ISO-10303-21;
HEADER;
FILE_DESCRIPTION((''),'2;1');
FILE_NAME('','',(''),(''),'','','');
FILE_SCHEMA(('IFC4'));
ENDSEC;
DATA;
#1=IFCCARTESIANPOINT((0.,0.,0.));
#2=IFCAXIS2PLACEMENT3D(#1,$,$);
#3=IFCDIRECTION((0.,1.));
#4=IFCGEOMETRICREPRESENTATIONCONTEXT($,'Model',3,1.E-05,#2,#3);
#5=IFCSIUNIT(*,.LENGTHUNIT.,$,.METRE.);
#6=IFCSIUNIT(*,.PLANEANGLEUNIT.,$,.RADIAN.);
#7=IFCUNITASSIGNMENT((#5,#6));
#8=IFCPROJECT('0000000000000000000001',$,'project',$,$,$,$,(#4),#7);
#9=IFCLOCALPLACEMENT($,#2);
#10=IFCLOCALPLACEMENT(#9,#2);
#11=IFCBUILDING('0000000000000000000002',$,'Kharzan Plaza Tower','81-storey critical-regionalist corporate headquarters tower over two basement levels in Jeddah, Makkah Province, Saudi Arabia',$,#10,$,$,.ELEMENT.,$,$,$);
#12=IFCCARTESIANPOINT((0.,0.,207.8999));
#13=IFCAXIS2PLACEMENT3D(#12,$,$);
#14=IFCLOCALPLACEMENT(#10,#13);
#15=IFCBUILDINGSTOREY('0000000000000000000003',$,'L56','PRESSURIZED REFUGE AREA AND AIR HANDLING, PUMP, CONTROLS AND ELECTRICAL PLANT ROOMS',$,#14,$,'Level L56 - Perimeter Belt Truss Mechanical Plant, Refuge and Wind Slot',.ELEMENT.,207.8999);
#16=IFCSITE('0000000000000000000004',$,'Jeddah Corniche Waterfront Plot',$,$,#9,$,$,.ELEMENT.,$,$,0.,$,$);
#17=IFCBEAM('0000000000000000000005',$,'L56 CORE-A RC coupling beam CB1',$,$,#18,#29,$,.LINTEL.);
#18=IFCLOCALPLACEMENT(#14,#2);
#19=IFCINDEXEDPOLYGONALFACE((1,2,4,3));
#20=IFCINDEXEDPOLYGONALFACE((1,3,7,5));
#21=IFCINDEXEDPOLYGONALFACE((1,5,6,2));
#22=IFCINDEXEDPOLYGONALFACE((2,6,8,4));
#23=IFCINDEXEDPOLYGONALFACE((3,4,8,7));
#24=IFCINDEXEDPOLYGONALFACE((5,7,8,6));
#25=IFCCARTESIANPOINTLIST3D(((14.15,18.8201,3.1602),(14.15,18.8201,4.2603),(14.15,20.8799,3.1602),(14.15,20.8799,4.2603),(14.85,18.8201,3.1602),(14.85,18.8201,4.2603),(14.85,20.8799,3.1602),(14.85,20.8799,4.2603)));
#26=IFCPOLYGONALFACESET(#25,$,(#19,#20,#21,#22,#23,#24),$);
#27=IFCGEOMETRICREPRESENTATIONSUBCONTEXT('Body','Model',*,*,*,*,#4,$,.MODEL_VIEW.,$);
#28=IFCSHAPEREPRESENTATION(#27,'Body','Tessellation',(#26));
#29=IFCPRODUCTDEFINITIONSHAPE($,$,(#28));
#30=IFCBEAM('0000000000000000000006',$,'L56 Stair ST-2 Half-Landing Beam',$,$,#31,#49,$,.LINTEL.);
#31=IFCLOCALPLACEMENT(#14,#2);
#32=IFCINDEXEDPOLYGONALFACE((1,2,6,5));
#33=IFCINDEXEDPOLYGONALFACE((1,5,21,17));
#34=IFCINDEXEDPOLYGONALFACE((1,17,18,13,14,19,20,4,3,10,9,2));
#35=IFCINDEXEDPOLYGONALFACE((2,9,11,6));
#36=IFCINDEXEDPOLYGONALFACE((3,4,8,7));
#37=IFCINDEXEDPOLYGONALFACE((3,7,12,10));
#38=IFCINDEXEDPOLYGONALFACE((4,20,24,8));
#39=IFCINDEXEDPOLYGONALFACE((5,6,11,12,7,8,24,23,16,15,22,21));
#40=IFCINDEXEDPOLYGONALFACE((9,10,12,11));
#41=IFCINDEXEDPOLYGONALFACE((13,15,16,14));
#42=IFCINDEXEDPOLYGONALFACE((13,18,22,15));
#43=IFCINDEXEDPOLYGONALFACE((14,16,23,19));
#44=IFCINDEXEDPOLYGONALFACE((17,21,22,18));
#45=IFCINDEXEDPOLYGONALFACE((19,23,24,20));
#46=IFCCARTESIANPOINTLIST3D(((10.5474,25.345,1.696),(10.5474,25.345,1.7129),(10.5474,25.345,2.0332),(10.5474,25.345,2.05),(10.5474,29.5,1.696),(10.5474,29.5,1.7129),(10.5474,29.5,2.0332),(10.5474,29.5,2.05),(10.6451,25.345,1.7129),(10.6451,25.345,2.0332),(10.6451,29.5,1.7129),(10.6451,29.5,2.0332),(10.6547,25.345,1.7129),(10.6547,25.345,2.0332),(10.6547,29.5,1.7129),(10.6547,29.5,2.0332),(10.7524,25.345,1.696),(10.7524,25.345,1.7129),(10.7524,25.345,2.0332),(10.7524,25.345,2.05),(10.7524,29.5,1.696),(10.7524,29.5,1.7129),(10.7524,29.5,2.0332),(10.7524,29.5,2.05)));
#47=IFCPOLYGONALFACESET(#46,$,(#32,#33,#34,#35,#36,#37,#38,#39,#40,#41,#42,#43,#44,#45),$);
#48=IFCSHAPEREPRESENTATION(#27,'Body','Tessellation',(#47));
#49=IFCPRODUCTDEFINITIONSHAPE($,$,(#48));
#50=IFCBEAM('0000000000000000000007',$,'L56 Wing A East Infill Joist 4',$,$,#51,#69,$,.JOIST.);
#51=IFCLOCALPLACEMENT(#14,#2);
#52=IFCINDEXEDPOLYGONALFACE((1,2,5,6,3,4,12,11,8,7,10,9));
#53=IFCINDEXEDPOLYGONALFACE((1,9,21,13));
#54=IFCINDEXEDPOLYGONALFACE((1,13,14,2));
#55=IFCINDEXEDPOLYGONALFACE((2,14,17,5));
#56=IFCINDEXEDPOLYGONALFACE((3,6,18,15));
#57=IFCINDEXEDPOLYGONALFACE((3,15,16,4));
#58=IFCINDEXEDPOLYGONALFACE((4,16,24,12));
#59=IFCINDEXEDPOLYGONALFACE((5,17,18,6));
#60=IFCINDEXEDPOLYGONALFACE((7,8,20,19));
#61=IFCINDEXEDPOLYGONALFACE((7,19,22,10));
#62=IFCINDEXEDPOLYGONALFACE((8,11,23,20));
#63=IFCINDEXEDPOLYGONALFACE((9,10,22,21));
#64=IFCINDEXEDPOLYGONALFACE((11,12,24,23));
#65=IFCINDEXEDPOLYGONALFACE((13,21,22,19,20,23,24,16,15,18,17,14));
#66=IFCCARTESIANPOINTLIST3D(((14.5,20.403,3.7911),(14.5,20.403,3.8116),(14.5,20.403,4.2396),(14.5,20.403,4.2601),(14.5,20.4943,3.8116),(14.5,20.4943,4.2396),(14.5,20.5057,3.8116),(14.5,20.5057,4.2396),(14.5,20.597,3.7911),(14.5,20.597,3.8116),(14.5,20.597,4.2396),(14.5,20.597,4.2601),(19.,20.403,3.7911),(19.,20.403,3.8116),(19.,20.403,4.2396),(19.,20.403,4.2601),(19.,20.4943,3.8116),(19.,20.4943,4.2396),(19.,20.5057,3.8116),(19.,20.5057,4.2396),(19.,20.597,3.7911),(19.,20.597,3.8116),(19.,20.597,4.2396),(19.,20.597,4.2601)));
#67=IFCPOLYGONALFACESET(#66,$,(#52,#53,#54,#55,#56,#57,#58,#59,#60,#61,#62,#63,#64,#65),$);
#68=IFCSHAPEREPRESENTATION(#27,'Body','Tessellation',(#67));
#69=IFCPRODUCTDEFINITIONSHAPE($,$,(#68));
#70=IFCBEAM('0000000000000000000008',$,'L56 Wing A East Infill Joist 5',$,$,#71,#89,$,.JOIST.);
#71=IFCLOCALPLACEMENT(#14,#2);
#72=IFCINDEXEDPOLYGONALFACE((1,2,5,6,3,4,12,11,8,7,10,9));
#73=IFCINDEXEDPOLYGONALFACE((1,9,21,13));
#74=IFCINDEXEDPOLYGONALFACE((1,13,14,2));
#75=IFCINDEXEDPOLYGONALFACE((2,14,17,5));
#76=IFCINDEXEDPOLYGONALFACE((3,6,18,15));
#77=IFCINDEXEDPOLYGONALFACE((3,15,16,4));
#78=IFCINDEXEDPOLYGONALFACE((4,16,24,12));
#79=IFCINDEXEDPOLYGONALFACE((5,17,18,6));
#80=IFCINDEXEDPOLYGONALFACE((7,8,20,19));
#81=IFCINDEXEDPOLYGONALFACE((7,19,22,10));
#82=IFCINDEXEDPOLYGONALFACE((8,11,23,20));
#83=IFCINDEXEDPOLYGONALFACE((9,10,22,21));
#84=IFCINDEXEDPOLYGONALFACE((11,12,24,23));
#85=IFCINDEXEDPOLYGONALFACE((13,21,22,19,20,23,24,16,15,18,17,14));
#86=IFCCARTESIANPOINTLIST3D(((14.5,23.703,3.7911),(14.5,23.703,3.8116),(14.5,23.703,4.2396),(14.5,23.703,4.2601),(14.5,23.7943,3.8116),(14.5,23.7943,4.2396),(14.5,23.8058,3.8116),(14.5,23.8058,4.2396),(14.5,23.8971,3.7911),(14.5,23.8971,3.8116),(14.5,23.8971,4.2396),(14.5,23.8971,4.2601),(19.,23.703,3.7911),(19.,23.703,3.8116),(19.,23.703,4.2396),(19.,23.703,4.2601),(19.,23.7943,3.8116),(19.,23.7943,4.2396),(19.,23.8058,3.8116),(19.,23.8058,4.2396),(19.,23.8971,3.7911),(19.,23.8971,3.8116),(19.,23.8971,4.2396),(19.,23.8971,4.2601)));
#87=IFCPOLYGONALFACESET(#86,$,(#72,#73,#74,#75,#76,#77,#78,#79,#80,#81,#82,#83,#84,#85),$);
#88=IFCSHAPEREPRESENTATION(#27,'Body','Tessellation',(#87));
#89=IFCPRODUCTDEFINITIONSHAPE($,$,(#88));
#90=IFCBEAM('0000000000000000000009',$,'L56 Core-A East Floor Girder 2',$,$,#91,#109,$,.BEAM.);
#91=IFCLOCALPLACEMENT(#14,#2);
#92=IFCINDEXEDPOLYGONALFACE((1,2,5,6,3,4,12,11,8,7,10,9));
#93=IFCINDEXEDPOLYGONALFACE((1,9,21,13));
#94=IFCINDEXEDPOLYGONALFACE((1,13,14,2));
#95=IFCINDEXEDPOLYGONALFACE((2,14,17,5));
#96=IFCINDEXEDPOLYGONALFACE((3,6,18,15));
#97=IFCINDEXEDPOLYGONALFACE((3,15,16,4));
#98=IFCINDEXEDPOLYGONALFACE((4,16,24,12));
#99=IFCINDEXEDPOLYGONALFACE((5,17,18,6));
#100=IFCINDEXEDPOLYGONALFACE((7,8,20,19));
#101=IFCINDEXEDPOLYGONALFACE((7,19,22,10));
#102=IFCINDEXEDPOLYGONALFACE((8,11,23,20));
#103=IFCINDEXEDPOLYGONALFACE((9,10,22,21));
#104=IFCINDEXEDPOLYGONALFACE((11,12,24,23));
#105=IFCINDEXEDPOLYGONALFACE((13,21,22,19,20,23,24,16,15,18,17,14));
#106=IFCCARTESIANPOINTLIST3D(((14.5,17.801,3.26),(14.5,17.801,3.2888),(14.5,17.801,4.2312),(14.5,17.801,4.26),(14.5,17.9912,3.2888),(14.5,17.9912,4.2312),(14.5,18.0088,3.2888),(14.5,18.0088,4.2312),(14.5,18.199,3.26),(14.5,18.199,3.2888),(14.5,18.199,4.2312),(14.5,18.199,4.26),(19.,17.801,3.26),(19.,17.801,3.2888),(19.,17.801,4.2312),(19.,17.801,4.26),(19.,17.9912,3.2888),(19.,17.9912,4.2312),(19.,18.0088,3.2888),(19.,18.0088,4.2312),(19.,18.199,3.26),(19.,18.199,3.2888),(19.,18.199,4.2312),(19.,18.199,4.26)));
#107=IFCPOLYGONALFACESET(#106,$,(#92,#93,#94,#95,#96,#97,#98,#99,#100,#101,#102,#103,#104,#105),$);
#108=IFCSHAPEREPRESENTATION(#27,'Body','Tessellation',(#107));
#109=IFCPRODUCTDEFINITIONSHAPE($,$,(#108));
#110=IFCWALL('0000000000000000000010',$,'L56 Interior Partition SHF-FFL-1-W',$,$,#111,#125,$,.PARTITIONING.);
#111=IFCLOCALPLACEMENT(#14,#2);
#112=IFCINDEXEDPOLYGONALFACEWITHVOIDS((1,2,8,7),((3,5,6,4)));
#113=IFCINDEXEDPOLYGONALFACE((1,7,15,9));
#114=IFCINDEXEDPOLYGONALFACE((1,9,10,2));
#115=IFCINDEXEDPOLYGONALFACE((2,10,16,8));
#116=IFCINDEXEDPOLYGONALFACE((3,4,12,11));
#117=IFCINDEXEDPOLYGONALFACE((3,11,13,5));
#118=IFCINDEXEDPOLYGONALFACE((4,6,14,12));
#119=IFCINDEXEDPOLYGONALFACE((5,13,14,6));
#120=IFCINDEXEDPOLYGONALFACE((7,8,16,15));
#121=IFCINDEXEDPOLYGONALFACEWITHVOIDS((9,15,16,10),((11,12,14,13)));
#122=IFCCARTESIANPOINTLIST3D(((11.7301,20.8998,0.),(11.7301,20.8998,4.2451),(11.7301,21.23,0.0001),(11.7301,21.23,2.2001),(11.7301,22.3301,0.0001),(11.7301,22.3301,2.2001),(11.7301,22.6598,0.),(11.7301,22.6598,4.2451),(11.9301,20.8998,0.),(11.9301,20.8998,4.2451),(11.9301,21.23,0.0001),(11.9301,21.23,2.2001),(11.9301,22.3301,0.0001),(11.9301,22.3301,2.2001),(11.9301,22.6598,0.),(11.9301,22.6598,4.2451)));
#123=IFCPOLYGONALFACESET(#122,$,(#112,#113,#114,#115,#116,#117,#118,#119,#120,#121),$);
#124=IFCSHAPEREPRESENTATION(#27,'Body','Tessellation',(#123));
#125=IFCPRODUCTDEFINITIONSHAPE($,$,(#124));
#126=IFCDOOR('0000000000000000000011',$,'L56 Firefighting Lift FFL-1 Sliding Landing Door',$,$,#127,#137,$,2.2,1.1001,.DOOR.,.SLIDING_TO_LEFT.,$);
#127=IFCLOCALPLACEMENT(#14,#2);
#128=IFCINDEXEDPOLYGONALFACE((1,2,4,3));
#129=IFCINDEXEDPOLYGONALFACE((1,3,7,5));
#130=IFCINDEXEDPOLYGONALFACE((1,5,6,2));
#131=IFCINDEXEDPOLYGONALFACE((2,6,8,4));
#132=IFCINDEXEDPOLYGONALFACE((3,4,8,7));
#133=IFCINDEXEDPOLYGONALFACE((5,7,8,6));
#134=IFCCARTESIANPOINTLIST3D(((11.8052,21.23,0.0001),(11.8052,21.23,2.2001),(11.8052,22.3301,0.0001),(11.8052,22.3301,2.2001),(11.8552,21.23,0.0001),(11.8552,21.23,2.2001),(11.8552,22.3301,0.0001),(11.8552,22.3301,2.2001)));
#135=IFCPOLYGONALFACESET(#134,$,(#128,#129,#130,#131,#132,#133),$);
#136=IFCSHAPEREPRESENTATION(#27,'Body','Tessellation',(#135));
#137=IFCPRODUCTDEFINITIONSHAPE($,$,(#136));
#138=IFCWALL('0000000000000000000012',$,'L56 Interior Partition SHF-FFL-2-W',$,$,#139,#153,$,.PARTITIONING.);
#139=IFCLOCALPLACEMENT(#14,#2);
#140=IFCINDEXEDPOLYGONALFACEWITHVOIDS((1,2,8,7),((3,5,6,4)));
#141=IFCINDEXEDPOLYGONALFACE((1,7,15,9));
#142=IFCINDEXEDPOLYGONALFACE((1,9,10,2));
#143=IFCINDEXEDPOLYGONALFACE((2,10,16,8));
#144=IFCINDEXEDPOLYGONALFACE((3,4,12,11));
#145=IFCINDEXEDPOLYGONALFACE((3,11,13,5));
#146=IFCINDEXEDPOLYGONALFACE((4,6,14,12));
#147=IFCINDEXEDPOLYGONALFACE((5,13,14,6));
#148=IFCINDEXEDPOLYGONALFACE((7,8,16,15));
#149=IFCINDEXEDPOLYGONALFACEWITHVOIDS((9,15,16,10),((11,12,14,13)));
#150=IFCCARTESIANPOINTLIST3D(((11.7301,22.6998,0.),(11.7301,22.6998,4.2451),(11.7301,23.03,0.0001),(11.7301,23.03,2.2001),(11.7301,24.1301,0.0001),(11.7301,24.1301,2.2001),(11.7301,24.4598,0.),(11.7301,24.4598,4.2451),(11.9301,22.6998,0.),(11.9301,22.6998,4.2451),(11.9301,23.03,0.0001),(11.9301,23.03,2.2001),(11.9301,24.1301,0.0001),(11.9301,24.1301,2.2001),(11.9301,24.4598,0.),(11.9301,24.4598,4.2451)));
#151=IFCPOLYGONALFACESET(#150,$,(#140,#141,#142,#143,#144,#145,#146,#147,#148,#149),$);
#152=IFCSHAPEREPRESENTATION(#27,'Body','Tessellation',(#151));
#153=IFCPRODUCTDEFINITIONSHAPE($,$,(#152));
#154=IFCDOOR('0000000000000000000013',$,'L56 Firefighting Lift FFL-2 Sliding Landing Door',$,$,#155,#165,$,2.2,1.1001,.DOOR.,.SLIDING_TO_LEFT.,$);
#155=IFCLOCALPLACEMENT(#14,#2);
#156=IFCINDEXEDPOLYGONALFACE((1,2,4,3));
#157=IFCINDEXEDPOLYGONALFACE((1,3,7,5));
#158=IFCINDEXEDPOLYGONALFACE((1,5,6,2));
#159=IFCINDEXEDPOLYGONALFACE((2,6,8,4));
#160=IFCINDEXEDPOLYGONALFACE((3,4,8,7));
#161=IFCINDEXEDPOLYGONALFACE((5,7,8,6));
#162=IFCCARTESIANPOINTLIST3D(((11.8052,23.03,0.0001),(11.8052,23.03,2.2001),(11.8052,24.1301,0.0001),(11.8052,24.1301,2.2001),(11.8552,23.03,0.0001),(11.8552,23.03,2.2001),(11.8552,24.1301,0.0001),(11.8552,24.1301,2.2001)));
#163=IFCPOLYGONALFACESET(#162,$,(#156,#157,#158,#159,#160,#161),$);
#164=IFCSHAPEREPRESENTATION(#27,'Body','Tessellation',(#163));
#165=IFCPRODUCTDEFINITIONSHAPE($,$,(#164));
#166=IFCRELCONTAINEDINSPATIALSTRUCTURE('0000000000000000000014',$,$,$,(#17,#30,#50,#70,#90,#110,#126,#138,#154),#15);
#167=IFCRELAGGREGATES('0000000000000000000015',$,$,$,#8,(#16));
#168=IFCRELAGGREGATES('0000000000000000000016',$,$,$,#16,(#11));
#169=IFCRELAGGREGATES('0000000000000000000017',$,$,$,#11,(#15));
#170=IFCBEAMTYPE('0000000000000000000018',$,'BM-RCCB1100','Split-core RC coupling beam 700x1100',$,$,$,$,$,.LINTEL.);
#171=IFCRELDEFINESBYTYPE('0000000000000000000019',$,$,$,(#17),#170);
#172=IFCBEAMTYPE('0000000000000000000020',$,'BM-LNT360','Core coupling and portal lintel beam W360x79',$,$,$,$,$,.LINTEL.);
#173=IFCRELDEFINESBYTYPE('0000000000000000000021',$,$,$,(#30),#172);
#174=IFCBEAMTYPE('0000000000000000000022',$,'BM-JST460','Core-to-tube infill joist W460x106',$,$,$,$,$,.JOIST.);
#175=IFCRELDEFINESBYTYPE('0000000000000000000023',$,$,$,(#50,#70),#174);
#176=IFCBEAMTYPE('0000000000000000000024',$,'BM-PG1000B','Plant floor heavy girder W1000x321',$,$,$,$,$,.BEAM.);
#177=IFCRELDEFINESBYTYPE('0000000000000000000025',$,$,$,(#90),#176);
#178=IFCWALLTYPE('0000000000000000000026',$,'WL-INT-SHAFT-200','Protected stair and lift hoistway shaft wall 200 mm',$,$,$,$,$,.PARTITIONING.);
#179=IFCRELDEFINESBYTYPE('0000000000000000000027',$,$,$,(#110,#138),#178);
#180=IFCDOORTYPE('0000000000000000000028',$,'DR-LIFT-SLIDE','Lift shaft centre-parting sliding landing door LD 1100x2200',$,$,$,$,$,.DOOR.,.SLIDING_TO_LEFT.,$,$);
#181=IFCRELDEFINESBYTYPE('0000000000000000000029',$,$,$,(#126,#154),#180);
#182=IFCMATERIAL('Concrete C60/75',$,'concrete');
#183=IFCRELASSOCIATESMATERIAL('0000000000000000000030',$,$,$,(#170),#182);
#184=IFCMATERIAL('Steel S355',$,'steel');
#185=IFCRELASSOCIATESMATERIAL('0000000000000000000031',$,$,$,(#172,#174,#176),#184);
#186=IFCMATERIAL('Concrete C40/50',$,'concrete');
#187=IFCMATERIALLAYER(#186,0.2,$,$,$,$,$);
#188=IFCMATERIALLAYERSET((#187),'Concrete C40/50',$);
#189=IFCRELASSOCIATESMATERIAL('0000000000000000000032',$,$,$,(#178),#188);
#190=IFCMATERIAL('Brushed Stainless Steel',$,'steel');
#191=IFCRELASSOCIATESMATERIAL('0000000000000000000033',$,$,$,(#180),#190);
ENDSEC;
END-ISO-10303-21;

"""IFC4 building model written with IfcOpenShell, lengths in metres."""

from ifc_helpers import new_model, si_unit, direction, frame, frame_2d, origin, origin_2d, place, context, subcontext, project, spatial, rectangle, i_section, extrude, source, transform, mapped, material, layer, layer_set, material_profile, profile_set, type_object, element, fill, save


model = new_model("IFC4")

# Units and contexts
model_context = context("Model", 3, precision=1e-05, world=origin(), true_north=direction((0.0, 1.0)))
body_context = subcontext(model_context, "Body", "Model", "MODEL_VIEW")
ifc_project = project(units=[si_unit("LENGTHUNIT", "METRE"), si_unit("PLANEANGLEUNIT", "RADIAN")], contexts=[model_context])

# Site, building, storey
site_placement = place(None, origin())
site = spatial("IfcSite", under=ifc_project, at=site_placement, Name="Jeddah Corniche Waterfront Plot", CompositionType="ELEMENT", RefElevation=0.0)
building_placement = place(site_placement, origin())
building = spatial("IfcBuilding", under=site, at=building_placement, Name="Kharzan Plaza Tower", Description="81-storey critical-regionalist corporate headquarters tower over two basement levels in Jeddah, Makkah Province, Saudi Arabia", CompositionType="ELEMENT")
storey_placement = place(building_placement, frame((0.0, 0.0, 207.8999)))
storey = spatial("IfcBuildingStorey", under=building, at=storey_placement, Name="L56", Description="PRESSURIZED REFUGE AREA AND AIR HANDLING, PUMP, CONTROLS AND ELECTRICAL PLANT ROOMS", LongName="Level L56 - Perimeter Belt Truss Mechanical Plant, Refuge and Wind Slot", CompositionType="ELEMENT", Elevation=207.8999)

# Beams
ifc_material_1 = material(Name="Concrete C60/75", Category="concrete")
ifc_material_profile_1 = material_profile(ifc_material_1, rectangle(XDim=0.7, YDim=1.1001, at=origin_2d()), Name="RC-CB1100x700")
ifc_profile_set_1 = profile_set([ifc_material_profile_1], Name="Concrete C60/75")
beam_type_1 = type_object("IfcBeamType", Name="BM-RCCB1100", Description="Split-core RC coupling beam 700x1100", PredefinedType="LINTEL", material=ifc_profile_set_1)
shared_shape_1 = source(origin(), body_context, "Body", "SweptSolid", [
    extrude(rectangle(XDim=0.7, YDim=1.1001, at=origin_2d()), origin(), (0.0, 0.0, 1.0), 2.0598),
])
beam_1_placement = place(storey_placement, frame((14.5, 18.8201, 3.7102), z_axis=(0.0, 1.0, 0.0), x_axis=(-1.0, 0.0, 0.0)))
element("IfcBeam", 1, at=beam_1_placement, inside=storey, type_object=beam_type_1, Name="L56 CORE-A RC coupling beam CB1", PredefinedType="LINTEL", context=body_context, shape_type="MappedRepresentation", body=[
    mapped(shared_shape_1, transform((0.0, 0.0, 0.0), x_axis=(1.0, 0.0, 0.0), y_axis=(0.0, 1.0, 0.0), z_axis=(0.0, 0.0, 1.0))),
])
ifc_material_2 = material(Name="Steel S355", Category="steel")
ifc_material_profile_2 = material_profile(ifc_material_2, i_section(OverallWidth=0.2051, OverallDepth=0.354, WebThickness=0.0095, FlangeThickness=0.0168, at=origin_2d()), Name="W360x79")
ifc_profile_set_2 = profile_set([ifc_material_profile_2], Name="Steel S355")
beam_type_2 = type_object("IfcBeamType", Name="BM-LNT360", Description="Core coupling and portal lintel beam W360x79", PredefinedType="LINTEL", material=ifc_profile_set_2)
shared_shape_2 = source(origin(), body_context, "Body", "SweptSolid", [
    extrude(i_section(OverallWidth=0.2051, OverallDepth=0.354, WebThickness=0.0095, FlangeThickness=0.0168, at=origin_2d()), origin(), (0.0, 0.0, 1.0), 4.155),
])
beam_2_placement = place(storey_placement, frame((10.6499, 25.345, 1.873), z_axis=(0.0, 1.0, 0.0), x_axis=(-1.0, 0.0, 0.0)))
element("IfcBeam", 2, at=beam_2_placement, inside=storey, type_object=beam_type_2, Name="L56 Stair ST-2 Half-Landing Beam", PredefinedType="LINTEL", context=body_context, shape_type="MappedRepresentation", body=[
    mapped(shared_shape_2, transform((0.0, 0.0, 0.0), x_axis=(1.0, 0.0, 0.0), y_axis=(0.0, 1.0, 0.0), z_axis=(0.0, 0.0, 1.0))),
])
ifc_material_profile_3 = material_profile(ifc_material_2, i_section(OverallWidth=0.1941, OverallDepth=0.469, WebThickness=0.0115, FlangeThickness=0.0205, at=origin_2d()), Name="W460x106")
ifc_profile_set_3 = profile_set([ifc_material_profile_3], Name="Steel S355")
beam_type_3 = type_object("IfcBeamType", Name="BM-JST460", Description="Core-to-tube infill joist W460x106", PredefinedType="JOIST", material=ifc_profile_set_3)
shared_shape_3 = source(origin(), body_context, "Body", "SweptSolid", [
    extrude(i_section(OverallWidth=0.1941, OverallDepth=0.469, WebThickness=0.0115, FlangeThickness=0.0205, at=origin_2d()), origin(), (0.0, 0.0, 1.0), 4.5),
])
for number, where, z_axis, x_axis, name in (
    (3, (14.5, 20.5, 4.0256), (1.0, 0.0, 0.0), (0.0, 1.0, 0.0), "L56 Wing A East Infill Joist 4"),
    (4, (14.5, 23.8, 4.0256), (1.0, 0.0, 0.0), (0.0, 1.0, 0.0), "L56 Wing A East Infill Joist 5"),
):
    element("IfcBeam", number, at=place(storey_placement, frame(where, z_axis=z_axis, x_axis=x_axis)), inside=storey, type_object=beam_type_3, Name=name, PredefinedType="JOIST", context=body_context, shape_type="MappedRepresentation", body=[
        mapped(shared_shape_3, transform((0.0, 0.0, 0.0), x_axis=(1.0, 0.0, 0.0), y_axis=(0.0, 1.0, 0.0), z_axis=(0.0, 0.0, 1.0))),
    ])
ifc_material_profile_4 = material_profile(ifc_material_2, i_section(OverallWidth=0.3979, OverallDepth=1.0, WebThickness=0.0176, FlangeThickness=0.0288, at=origin_2d()), Name="W1000x321")
ifc_profile_set_4 = profile_set([ifc_material_profile_4], Name="Steel S355")
beam_type_4 = type_object("IfcBeamType", Name="BM-PG1000B", Description="Plant floor heavy girder W1000x321", PredefinedType="BEAM", material=ifc_profile_set_4)
shared_shape_4 = source(origin(), body_context, "Body", "SweptSolid", [
    extrude(i_section(OverallWidth=0.3979, OverallDepth=1.0, WebThickness=0.0176, FlangeThickness=0.0288, at=origin_2d()), origin(), (0.0, 0.0, 1.0), 4.5),
])
beam_3_placement = place(storey_placement, frame((14.5, 18.0, 3.76), z_axis=(1.0, 0.0, 0.0), x_axis=(0.0, 1.0, 0.0)))
element("IfcBeam", 5, at=beam_3_placement, inside=storey, type_object=beam_type_4, Name="L56 Core-A East Floor Girder 2", PredefinedType="BEAM", context=body_context, shape_type="MappedRepresentation", body=[
    mapped(shared_shape_4, transform((0.0, 0.0, 0.0), x_axis=(1.0, 0.0, 0.0), y_axis=(0.0, 1.0, 0.0), z_axis=(0.0, 0.0, 1.0))),
])

# Walls, openings, doors
ifc_material_3 = material(Name="Concrete C40/50", Category="concrete")
ifc_layer_1 = layer(ifc_material_3, 0.2)
ifc_layer_set_1 = layer_set([ifc_layer_1], Name="Concrete C40/50")
wall_type_1 = type_object("IfcWallType", Name="WL-INT-SHAFT-200", Description="Protected stair and lift hoistway shaft wall 200 mm", PredefinedType="PARTITIONING", material=ifc_layer_set_1)
wall_1_placement = place(storey_placement, frame((11.8301, 20.8999, 0.0), z_axis=(0.0, 0.0, 1.0), x_axis=(0.0, 1.0, 0.0)))
wall_1 = element("IfcWall", 6, at=wall_1_placement, inside=storey, type_object=wall_type_1, Name="L56 Interior Partition SHF-FFL-1-W", PredefinedType="PARTITIONING", context=body_context, shape_type="SweptSolid", body=[
    extrude(rectangle(XDim=1.76, YDim=0.2, at=frame_2d((0.8799, 0.0))), origin(), (0.0, 0.0, 1.0), 4.2451),
])
opening_1_placement = place(wall_1_placement, frame((0.3301, 0.0, 0.0)))
opening_1 = element("IfcOpeningElement", 7, at=opening_1_placement, cuts=wall_1, PredefinedType="OPENING", context=body_context, shape_type="SweptSolid", body=[
    extrude(rectangle(XDim=1.1001, YDim=2.2, at=frame_2d((0.55, 1.1001))), frame((0.0, 0.1099, 0.0), z_axis=(0.0, -1.0, 0.0), x_axis=(1.0, 0.0, 0.0)), (0.0, 0.0, 1.0), 0.22),
])
ifc_material_4 = material(Name="Brushed Stainless Steel", Category="steel")
door_type_1 = type_object("IfcDoorType", Name="DR-LIFT-SLIDE", Description="Lift shaft centre-parting sliding landing door LD 1100x2200", OperationType="SLIDING_TO_LEFT", PredefinedType="DOOR", material=ifc_material_4)
shared_shape_5 = source(origin(), body_context, "Body", "SweptSolid", [
    extrude(rectangle(XDim=1.1001, YDim=2.2, at=frame_2d((0.55, 1.1001))), frame((0.0, 0.0249, 0.0), z_axis=(0.0, -1.0, 0.0), x_axis=(1.0, 0.0, 0.0)), (0.0, 0.0, 1.0), 0.05),
])
door_1_placement = place(opening_1_placement, origin())
door_1 = element("IfcDoor", 8, at=door_1_placement, inside=storey, type_object=door_type_1, Name="L56 Firefighting Lift FFL-1 Sliding Landing Door", OperationType="SLIDING_TO_LEFT", OverallHeight=2.2, OverallWidth=1.1001, PredefinedType="DOOR", context=body_context, shape_type="MappedRepresentation", body=[
    mapped(shared_shape_5, transform((0.0, 0.0, 0.0), x_axis=(1.0, 0.0, 0.0), y_axis=(0.0, 1.0, 0.0), z_axis=(0.0, 0.0, 1.0))),
])
fill(opening_1, door_1)
wall_2_placement = place(storey_placement, frame((11.8301, 22.7, 0.0), z_axis=(0.0, 0.0, 1.0), x_axis=(0.0, 1.0, 0.0)))
wall_2 = element("IfcWall", 9, at=wall_2_placement, inside=storey, type_object=wall_type_1, Name="L56 Interior Partition SHF-FFL-2-W", PredefinedType="PARTITIONING", context=body_context, shape_type="SweptSolid", body=[
    extrude(rectangle(XDim=1.76, YDim=0.2, at=frame_2d((0.8799, 0.0))), origin(), (0.0, 0.0, 1.0), 4.2451),
])
opening_2_placement = place(wall_2_placement, frame((0.3301, 0.0, 0.0)))
opening_2 = element("IfcOpeningElement", 10, at=opening_2_placement, cuts=wall_2, PredefinedType="OPENING", context=body_context, shape_type="SweptSolid", body=[
    extrude(rectangle(XDim=1.1001, YDim=2.2, at=frame_2d((0.55, 1.1001))), frame((0.0, 0.1099, 0.0), z_axis=(0.0, -1.0, 0.0), x_axis=(1.0, 0.0, 0.0)), (0.0, 0.0, 1.0), 0.22),
])
door_2_placement = place(opening_2_placement, origin())
door_2 = element("IfcDoor", 11, at=door_2_placement, inside=storey, type_object=door_type_1, Name="L56 Firefighting Lift FFL-2 Sliding Landing Door", OperationType="SLIDING_TO_LEFT", OverallHeight=2.2, OverallWidth=1.1001, PredefinedType="DOOR", context=body_context, shape_type="MappedRepresentation", body=[
    mapped(shared_shape_5, transform((0.0, 0.0, 0.0), x_axis=(1.0, 0.0, 0.0), y_axis=(0.0, 1.0, 0.0), z_axis=(0.0, 0.0, 1.0))),
])
fill(opening_2, door_2)

save(model, "model.ifc")
